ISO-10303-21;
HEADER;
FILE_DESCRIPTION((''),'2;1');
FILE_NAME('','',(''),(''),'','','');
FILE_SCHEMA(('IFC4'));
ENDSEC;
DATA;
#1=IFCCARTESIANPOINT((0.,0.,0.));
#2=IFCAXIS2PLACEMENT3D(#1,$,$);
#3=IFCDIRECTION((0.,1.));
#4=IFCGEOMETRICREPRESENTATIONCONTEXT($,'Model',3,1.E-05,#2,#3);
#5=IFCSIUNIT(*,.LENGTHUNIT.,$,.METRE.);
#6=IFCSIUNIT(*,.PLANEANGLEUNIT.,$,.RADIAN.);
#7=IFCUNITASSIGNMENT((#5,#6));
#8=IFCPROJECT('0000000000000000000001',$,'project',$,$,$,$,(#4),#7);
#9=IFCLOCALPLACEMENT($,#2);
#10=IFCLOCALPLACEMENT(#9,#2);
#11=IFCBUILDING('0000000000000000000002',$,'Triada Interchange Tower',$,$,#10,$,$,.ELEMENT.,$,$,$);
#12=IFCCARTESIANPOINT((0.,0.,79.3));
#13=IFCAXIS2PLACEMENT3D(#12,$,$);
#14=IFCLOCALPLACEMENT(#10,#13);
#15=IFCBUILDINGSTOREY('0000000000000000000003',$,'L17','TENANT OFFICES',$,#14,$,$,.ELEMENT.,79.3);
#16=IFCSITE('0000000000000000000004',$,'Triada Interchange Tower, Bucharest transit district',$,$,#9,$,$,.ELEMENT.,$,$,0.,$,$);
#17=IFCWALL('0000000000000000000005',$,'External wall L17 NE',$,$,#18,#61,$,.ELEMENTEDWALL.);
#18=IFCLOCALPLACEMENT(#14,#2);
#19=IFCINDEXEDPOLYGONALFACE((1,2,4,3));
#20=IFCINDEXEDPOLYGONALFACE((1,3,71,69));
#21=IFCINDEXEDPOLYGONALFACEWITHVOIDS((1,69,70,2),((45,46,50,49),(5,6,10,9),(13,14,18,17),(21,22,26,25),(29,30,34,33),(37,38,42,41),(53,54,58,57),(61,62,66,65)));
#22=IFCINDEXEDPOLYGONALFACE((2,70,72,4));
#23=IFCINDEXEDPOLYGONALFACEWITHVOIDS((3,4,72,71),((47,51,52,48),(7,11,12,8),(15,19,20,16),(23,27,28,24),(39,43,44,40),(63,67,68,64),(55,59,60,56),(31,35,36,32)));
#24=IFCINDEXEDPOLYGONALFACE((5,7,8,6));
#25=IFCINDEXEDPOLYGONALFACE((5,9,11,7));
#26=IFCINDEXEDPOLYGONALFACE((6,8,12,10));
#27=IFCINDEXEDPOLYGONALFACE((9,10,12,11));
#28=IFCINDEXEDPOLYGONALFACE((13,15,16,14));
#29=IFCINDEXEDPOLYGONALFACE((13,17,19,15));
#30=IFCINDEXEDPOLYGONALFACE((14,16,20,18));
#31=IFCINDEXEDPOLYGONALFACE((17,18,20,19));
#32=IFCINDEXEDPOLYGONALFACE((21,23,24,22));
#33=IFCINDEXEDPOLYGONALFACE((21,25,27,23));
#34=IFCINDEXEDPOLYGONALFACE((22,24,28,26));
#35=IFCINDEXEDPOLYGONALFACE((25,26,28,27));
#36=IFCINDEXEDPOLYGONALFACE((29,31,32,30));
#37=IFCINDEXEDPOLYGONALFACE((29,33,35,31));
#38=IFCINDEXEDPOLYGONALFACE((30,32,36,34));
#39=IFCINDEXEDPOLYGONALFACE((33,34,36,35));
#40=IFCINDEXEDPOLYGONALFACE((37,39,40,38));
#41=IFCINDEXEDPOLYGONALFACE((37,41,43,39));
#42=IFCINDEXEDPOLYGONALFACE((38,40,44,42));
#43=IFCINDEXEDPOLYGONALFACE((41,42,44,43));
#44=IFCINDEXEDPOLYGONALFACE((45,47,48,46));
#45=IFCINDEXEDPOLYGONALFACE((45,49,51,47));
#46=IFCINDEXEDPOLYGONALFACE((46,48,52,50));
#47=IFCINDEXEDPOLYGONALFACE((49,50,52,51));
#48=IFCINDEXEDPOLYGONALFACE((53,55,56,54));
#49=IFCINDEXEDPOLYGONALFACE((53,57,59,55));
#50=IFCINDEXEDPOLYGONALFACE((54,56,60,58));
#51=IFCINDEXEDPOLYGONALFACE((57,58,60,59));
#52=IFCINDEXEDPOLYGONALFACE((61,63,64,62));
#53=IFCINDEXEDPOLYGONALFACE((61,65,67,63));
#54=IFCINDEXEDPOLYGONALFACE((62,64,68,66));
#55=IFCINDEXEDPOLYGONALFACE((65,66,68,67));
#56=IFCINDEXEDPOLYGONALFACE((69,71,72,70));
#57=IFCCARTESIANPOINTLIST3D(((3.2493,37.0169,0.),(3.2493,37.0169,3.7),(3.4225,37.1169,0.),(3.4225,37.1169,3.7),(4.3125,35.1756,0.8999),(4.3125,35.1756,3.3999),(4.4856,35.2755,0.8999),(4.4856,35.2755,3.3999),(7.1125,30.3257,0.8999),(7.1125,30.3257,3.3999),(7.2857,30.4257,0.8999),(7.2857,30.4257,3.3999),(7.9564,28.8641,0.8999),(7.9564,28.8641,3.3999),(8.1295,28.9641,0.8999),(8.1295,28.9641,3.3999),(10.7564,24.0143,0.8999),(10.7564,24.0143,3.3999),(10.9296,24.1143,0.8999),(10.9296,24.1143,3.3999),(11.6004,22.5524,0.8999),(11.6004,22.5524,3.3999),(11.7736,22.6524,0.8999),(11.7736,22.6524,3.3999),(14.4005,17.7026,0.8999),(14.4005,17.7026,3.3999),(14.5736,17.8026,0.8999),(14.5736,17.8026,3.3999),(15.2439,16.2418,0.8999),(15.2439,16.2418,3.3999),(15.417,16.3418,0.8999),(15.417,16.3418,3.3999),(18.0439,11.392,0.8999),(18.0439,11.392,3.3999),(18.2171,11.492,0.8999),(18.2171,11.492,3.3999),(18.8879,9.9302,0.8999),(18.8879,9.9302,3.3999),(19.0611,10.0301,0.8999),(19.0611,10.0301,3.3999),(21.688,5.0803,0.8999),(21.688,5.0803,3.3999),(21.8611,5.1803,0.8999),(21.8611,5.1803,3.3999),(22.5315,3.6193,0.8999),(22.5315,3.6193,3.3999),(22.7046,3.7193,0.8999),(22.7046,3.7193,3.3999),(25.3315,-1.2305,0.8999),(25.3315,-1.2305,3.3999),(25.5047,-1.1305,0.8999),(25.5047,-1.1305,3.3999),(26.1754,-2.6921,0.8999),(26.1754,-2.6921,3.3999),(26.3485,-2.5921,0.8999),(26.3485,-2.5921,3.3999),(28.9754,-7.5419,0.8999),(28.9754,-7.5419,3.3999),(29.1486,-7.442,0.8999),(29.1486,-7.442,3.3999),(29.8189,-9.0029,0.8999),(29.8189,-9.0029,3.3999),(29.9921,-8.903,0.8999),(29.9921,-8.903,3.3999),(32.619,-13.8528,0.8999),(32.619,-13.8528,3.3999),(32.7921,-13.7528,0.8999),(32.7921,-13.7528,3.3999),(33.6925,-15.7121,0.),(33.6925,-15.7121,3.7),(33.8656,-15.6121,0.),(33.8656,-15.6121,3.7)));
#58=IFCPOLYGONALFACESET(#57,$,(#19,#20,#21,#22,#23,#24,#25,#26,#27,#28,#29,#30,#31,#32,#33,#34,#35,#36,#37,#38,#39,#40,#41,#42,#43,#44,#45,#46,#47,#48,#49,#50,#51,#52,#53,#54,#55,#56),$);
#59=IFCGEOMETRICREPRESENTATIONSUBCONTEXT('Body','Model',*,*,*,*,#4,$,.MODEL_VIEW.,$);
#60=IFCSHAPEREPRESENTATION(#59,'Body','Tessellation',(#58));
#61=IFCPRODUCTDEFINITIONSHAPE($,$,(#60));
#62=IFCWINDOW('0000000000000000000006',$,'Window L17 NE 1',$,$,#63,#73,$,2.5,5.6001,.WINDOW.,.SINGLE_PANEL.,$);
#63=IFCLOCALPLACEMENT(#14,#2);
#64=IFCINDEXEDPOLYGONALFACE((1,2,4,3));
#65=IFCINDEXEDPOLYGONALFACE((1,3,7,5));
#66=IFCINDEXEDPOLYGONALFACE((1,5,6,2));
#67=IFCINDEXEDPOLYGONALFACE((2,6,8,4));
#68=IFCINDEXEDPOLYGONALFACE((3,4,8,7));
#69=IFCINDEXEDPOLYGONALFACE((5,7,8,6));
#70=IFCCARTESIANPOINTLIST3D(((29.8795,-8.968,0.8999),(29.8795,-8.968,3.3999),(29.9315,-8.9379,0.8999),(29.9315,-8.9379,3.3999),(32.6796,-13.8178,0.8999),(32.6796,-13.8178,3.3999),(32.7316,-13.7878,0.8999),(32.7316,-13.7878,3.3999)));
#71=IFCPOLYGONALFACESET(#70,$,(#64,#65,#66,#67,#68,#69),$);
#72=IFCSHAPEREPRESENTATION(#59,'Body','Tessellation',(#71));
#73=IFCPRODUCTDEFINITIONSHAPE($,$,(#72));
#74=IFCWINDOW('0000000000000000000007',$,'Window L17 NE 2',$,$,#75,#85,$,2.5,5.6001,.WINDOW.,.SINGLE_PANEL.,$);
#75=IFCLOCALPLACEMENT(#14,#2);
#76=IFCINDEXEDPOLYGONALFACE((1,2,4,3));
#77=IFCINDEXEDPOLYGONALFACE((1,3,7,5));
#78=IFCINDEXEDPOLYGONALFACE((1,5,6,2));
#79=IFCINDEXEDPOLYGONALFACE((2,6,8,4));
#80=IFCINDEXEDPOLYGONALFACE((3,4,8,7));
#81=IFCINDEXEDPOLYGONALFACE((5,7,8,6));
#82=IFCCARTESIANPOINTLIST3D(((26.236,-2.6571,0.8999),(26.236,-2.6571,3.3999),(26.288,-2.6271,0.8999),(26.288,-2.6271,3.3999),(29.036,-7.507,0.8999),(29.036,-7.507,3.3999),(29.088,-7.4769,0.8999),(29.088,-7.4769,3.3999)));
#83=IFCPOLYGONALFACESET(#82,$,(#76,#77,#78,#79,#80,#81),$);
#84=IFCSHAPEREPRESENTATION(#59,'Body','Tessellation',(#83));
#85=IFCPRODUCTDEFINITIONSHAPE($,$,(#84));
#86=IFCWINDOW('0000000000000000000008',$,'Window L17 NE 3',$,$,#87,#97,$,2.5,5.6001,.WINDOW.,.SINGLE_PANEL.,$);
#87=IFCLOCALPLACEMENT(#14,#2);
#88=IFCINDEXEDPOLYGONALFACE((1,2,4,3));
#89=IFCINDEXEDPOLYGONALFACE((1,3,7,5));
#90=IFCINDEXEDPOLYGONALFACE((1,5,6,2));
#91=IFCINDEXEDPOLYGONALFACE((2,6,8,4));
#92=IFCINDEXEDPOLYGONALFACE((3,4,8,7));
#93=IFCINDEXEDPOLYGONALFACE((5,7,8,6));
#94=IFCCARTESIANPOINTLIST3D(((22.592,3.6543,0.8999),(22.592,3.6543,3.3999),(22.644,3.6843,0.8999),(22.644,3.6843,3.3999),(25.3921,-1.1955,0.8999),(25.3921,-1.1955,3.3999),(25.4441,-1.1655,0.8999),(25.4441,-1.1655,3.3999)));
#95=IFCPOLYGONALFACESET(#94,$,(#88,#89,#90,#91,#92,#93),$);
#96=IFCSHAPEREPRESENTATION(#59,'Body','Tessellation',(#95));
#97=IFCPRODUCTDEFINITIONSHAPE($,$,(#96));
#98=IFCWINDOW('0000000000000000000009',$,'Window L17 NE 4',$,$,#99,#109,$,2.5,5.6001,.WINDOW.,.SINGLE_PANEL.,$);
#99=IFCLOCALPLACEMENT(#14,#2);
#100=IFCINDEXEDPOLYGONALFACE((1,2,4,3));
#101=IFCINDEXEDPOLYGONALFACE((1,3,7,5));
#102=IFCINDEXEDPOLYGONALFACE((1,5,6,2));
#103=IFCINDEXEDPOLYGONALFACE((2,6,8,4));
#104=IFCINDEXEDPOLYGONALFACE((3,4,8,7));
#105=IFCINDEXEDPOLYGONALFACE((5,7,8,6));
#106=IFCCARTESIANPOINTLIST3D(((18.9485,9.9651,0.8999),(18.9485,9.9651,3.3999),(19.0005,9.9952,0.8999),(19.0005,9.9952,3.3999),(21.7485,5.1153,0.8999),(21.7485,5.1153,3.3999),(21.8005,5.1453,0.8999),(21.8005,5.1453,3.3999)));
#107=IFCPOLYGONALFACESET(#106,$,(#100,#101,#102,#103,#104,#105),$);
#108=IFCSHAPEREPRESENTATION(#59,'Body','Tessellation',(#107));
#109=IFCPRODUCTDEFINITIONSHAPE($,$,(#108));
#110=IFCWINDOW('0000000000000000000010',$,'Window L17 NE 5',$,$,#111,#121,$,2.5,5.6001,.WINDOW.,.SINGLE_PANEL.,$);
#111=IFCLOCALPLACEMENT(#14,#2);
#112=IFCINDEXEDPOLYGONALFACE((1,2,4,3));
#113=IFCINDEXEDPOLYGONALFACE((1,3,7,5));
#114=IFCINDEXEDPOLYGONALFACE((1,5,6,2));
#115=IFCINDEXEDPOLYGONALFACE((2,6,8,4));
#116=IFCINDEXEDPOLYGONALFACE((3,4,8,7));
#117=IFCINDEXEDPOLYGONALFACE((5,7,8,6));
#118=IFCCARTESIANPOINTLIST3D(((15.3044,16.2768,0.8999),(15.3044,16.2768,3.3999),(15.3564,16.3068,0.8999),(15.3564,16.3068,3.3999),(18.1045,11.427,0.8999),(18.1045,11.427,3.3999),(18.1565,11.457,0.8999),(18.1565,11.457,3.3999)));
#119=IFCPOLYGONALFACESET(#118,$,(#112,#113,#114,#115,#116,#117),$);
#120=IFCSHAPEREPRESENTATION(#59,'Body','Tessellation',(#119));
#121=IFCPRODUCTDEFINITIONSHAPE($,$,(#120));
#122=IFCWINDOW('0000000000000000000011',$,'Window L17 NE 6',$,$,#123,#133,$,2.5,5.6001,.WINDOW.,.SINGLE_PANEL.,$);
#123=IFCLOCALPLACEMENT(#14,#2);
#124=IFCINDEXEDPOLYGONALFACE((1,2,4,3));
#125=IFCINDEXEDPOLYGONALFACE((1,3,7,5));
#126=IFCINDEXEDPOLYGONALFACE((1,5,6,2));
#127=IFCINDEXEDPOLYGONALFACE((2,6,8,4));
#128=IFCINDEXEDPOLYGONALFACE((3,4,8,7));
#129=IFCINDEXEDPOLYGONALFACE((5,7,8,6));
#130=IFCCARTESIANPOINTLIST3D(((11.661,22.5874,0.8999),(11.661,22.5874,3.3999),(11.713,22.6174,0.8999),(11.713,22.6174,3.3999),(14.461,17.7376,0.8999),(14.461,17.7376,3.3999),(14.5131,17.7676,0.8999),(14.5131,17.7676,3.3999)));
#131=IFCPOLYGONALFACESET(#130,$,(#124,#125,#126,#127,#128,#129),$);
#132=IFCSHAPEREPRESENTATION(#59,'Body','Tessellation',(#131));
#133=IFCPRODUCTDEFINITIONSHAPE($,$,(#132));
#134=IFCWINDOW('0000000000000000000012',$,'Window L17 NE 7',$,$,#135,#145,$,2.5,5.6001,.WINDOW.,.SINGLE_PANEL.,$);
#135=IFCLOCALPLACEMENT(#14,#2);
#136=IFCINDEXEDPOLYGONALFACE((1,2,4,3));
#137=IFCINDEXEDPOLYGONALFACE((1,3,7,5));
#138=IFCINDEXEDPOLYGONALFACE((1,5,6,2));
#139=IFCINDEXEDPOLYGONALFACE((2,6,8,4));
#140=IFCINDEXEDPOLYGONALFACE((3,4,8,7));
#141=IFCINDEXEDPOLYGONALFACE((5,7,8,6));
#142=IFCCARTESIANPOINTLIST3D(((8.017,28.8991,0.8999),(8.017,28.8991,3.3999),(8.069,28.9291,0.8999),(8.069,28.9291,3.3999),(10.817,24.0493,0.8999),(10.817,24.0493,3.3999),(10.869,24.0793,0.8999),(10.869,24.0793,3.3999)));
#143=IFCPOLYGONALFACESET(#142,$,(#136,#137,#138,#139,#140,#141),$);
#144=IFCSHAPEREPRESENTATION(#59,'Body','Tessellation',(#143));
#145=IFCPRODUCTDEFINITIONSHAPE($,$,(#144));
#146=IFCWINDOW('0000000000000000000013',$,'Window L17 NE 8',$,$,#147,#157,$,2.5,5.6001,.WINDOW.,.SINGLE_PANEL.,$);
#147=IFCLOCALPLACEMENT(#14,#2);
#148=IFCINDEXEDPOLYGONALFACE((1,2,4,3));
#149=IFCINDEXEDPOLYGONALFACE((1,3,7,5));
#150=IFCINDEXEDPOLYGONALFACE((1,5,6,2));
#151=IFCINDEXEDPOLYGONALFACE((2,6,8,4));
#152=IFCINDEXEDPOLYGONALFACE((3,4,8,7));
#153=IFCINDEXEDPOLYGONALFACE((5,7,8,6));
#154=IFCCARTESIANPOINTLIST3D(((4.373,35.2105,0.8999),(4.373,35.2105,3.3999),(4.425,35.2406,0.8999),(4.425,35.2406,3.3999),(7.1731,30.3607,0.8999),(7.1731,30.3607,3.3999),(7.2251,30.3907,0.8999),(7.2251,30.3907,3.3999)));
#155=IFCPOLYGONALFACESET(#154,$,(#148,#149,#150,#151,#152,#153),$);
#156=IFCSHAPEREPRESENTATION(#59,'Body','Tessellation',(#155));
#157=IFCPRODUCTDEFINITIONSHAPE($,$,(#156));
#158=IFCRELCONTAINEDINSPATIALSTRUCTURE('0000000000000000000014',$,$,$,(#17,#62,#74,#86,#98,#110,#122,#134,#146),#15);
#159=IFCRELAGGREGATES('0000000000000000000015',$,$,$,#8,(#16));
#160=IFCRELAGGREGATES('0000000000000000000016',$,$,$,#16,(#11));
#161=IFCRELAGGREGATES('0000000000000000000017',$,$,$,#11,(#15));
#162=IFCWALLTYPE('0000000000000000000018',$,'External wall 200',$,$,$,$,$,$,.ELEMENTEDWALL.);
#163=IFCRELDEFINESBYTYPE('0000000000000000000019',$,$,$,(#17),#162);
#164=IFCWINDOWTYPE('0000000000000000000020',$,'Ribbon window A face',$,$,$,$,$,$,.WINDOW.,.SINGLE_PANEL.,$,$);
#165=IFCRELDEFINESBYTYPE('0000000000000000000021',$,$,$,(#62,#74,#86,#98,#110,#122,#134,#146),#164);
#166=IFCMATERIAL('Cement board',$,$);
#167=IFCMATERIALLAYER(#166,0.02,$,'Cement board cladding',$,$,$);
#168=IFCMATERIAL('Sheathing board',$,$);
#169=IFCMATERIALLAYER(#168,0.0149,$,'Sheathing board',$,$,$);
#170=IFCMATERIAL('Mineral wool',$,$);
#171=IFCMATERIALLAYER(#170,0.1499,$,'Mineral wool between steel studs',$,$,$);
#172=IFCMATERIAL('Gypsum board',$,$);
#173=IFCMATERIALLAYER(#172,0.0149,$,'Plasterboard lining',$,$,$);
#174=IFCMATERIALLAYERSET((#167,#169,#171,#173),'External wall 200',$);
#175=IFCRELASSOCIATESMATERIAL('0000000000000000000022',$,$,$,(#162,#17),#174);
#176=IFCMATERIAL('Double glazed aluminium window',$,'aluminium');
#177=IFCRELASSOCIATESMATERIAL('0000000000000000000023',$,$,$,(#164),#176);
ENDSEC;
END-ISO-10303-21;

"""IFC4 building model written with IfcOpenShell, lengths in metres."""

from ifc_helpers import new_model, si_unit, direction, frame, frame_2d, origin, place, context, subcontext, project, spatial, rectangle, extrude, material, layer, layer_set, layer_usage, type_object, element, fill, save


model = new_model("IFC4")

# Units and contexts
model_context = context("Model", 3, precision=1e-05, world=origin(), true_north=direction((0.0, 1.0)))
body_context = subcontext(model_context, "Body", "Model", "MODEL_VIEW")
ifc_project = project(units=[si_unit("LENGTHUNIT", "METRE"), si_unit("PLANEANGLEUNIT", "RADIAN")], contexts=[model_context])

# Site, building, storey
site_placement = place(None, origin())
site = spatial("IfcSite", under=ifc_project, at=site_placement, Name="Triada Interchange Tower, Bucharest transit district", CompositionType="ELEMENT", RefElevation=0.0)
building_placement = place(site_placement, origin())
building = spatial("IfcBuilding", under=site, at=building_placement, Name="Triada Interchange Tower", CompositionType="ELEMENT")
storey_placement = place(building_placement, frame((0.0, 0.0, 79.3)))
storey = spatial("IfcBuildingStorey", under=building, at=storey_placement, Name="L17", Description="TENANT OFFICES", CompositionType="ELEMENT", Elevation=79.3)

# Shared definitions
ifc_material_1 = material(Name="Cement board")
ifc_layer_1 = layer(ifc_material_1, 0.02, Name="Cement board cladding")
ifc_material_2 = material(Name="Sheathing board")
ifc_layer_2 = layer(ifc_material_2, 0.0149, Name="Sheathing board")
ifc_material_3 = material(Name="Mineral wool")
ifc_layer_3 = layer(ifc_material_3, 0.1499, Name="Mineral wool between steel studs")
ifc_material_4 = material(Name="Gypsum board")
ifc_layer_4 = layer(ifc_material_4, 0.0149, Name="Plasterboard lining")
ifc_layer_set_1 = layer_set([ifc_layer_1, ifc_layer_2, ifc_layer_3, ifc_layer_4], Name="External wall 200")
ifc_layer_usage = layer_usage(ifc_layer_set_1, "AXIS2", "POSITIVE", -0.1001)
wall_type = type_object("IfcWallType", Name="External wall 200", PredefinedType="ELEMENTEDWALL", material=ifc_layer_set_1)
ifc_material_5 = material(Name="Double glazed aluminium window", Category="aluminium")

# Wall, openings, windows
wall_1_placement = place(storey_placement, frame((33.7791, -15.6621, 0.0), z_axis=(0.0, 0.0, 1.0), x_axis=(-0.5, 0.866025, 0.0)))
wall_1 = element("IfcWall", 1, at=wall_1_placement, inside=storey, type_object=wall_type, material=ifc_layer_usage, Name="External wall L17 NE", PredefinedType="ELEMENTEDWALL", context=body_context, shape_type="SweptSolid", body=[
    extrude(rectangle(XDim=60.8862, YDim=0.2, at=frame_2d((30.4431, 0.0))), origin(), (0.0, 0.0, 1.0), 3.7),
])
opening_1_placement = place(wall_1_placement, frame((2.147, 0.0, 0.8999)))
opening_1 = element("IfcOpeningElement", 2, at=opening_1_placement, cuts=wall_1, PredefinedType="OPENING", context=body_context, shape_type="SweptSolid", body=[
    extrude(rectangle(XDim=5.6001, YDim=2.5, at=frame_2d((2.8, 1.25))), frame((0.0, 0.1099, 0.0), z_axis=(0.0, -1.0, 0.0), x_axis=(1.0, 0.0, 0.0)), (0.0, 0.0, 1.0), 0.22),
])
opening_2_placement = place(wall_1_placement, frame((9.4341, 0.0, 0.8999)))
opening_2 = element("IfcOpeningElement", 3, at=opening_2_placement, cuts=wall_1, PredefinedType="OPENING", context=body_context, shape_type="SweptSolid", body=[
    extrude(rectangle(XDim=5.6001, YDim=2.5, at=frame_2d((2.8, 1.25))), frame((0.0, 0.1099, 0.0), z_axis=(0.0, -1.0, 0.0), x_axis=(1.0, 0.0, 0.0)), (0.0, 0.0, 1.0), 0.22),
])
opening_3_placement = place(wall_1_placement, frame((16.7219, 0.0, 0.8999)))
opening_3 = element("IfcOpeningElement", 4, at=opening_3_placement, cuts=wall_1, PredefinedType="OPENING", context=body_context, shape_type="SweptSolid", body=[
    extrude(rectangle(XDim=5.6001, YDim=2.5, at=frame_2d((2.8, 1.25))), frame((0.0, 0.1099, 0.0), z_axis=(0.0, -1.0, 0.0), x_axis=(1.0, 0.0, 0.0)), (0.0, 0.0, 1.0), 0.22),
])
opening_4_placement = place(wall_1_placement, frame((24.009, 0.0, 0.8999)))
opening_4 = element("IfcOpeningElement", 5, at=opening_4_placement, cuts=wall_1, PredefinedType="OPENING", context=body_context, shape_type="SweptSolid", body=[
    extrude(rectangle(XDim=5.6001, YDim=2.5, at=frame_2d((2.8, 1.25))), frame((0.0, 0.1099, 0.0), z_axis=(0.0, -1.0, 0.0), x_axis=(1.0, 0.0, 0.0)), (0.0, 0.0, 1.0), 0.22),
])
opening_5_placement = place(wall_1_placement, frame((31.2971, 0.0, 0.8999)))
opening_5 = element("IfcOpeningElement", 6, at=opening_5_placement, cuts=wall_1, PredefinedType="OPENING", context=body_context, shape_type="SweptSolid", body=[
    extrude(rectangle(XDim=5.6001, YDim=2.5, at=frame_2d((2.8, 1.25))), frame((0.0, 0.1099, 0.0), z_axis=(0.0, -1.0, 0.0), x_axis=(1.0, 0.0, 0.0)), (0.0, 0.0, 1.0), 0.22),
])
opening_6_placement = place(wall_1_placement, frame((38.584, 0.0, 0.8999)))
opening_6 = element("IfcOpeningElement", 7, at=opening_6_placement, cuts=wall_1, PredefinedType="OPENING", context=body_context, shape_type="SweptSolid", body=[
    extrude(rectangle(XDim=5.6001, YDim=2.5, at=frame_2d((2.8, 1.25))), frame((0.0, 0.1099, 0.0), z_axis=(0.0, -1.0, 0.0), x_axis=(1.0, 0.0, 0.0)), (0.0, 0.0, 1.0), 0.22),
])
opening_7_placement = place(wall_1_placement, frame((45.8721, 0.0, 0.8999)))
opening_7 = element("IfcOpeningElement", 8, at=opening_7_placement, cuts=wall_1, PredefinedType="OPENING", context=body_context, shape_type="SweptSolid", body=[
    extrude(rectangle(XDim=5.6001, YDim=2.5, at=frame_2d((2.8, 1.25))), frame((0.0, 0.1099, 0.0), z_axis=(0.0, -1.0, 0.0), x_axis=(1.0, 0.0, 0.0)), (0.0, 0.0, 1.0), 0.22),
])
opening_8_placement = place(wall_1_placement, frame((53.1599, 0.0, 0.8999)))
opening_8 = element("IfcOpeningElement", 9, at=opening_8_placement, cuts=wall_1, PredefinedType="OPENING", context=body_context, shape_type="SweptSolid", body=[
    extrude(rectangle(XDim=5.6001, YDim=2.5, at=frame_2d((2.8, 1.25))), frame((0.0, 0.1099, 0.0), z_axis=(0.0, -1.0, 0.0), x_axis=(1.0, 0.0, 0.0)), (0.0, 0.0, 1.0), 0.22),
])
window_type_1 = type_object("IfcWindowType", Name="Ribbon window A face", PartitioningType="SINGLE_PANEL", PredefinedType="WINDOW", material=ifc_material_5)
window_1_placement = place(opening_1_placement, origin())
window_1 = element("IfcWindow", 10, at=window_1_placement, inside=storey, type_object=window_type_1, Name="Window L17 NE 1", OverallHeight=2.5, OverallWidth=5.6001, PartitioningType="SINGLE_PANEL", PredefinedType="WINDOW", context=body_context, shape_type="SweptSolid", body=[
    extrude(rectangle(XDim=5.6001, YDim=2.5, at=frame_2d((2.8, 1.25))), frame((0.0, 0.03, 0.0), z_axis=(0.0, -1.0, 0.0), x_axis=(1.0, 0.0, 0.0)), (0.0, 0.0, 1.0), 0.0601),
])
fill(opening_1, window_1)
window_2_placement = place(opening_2_placement, origin())
window_2 = element("IfcWindow", 11, at=window_2_placement, inside=storey, type_object=window_type_1, Name="Window L17 NE 2", OverallHeight=2.5, OverallWidth=5.6001, PartitioningType="SINGLE_PANEL", PredefinedType="WINDOW", context=body_context, shape_type="SweptSolid", body=[
    extrude(rectangle(XDim=5.6001, YDim=2.5, at=frame_2d((2.8, 1.25))), frame((0.0, 0.03, 0.0), z_axis=(0.0, -1.0, 0.0), x_axis=(1.0, 0.0, 0.0)), (0.0, 0.0, 1.0), 0.0601),
])
fill(opening_2, window_2)
window_3_placement = place(opening_3_placement, origin())
window_3 = element("IfcWindow", 12, at=window_3_placement, inside=storey, type_object=window_type_1, Name="Window L17 NE 3", OverallHeight=2.5, OverallWidth=5.6001, PartitioningType="SINGLE_PANEL", PredefinedType="WINDOW", context=body_context, shape_type="SweptSolid", body=[
    extrude(rectangle(XDim=5.6001, YDim=2.5, at=frame_2d((2.8, 1.25))), frame((0.0, 0.03, 0.0), z_axis=(0.0, -1.0, 0.0), x_axis=(1.0, 0.0, 0.0)), (0.0, 0.0, 1.0), 0.0601),
])
fill(opening_3, window_3)
window_4_placement = place(opening_4_placement, origin())
window_4 = element("IfcWindow", 13, at=window_4_placement, inside=storey, type_object=window_type_1, Name="Window L17 NE 4", OverallHeight=2.5, OverallWidth=5.6001, PartitioningType="SINGLE_PANEL", PredefinedType="WINDOW", context=body_context, shape_type="SweptSolid", body=[
    extrude(rectangle(XDim=5.6001, YDim=2.5, at=frame_2d((2.8, 1.25))), frame((0.0, 0.03, 0.0), z_axis=(0.0, -1.0, 0.0), x_axis=(1.0, 0.0, 0.0)), (0.0, 0.0, 1.0), 0.0601),
])
fill(opening_4, window_4)
window_5_placement = place(opening_5_placement, origin())
window_5 = element("IfcWindow", 14, at=window_5_placement, inside=storey, type_object=window_type_1, Name="Window L17 NE 5", OverallHeight=2.5, OverallWidth=5.6001, PartitioningType="SINGLE_PANEL", PredefinedType="WINDOW", context=body_context, shape_type="SweptSolid", body=[
    extrude(rectangle(XDim=5.6001, YDim=2.5, at=frame_2d((2.8, 1.25))), frame((0.0, 0.03, 0.0), z_axis=(0.0, -1.0, 0.0), x_axis=(1.0, 0.0, 0.0)), (0.0, 0.0, 1.0), 0.0601),
])
fill(opening_5, window_5)
window_6_placement = place(opening_6_placement, origin())
window_6 = element("IfcWindow", 15, at=window_6_placement, inside=storey, type_object=window_type_1, Name="Window L17 NE 6", OverallHeight=2.5, OverallWidth=5.6001, PartitioningType="SINGLE_PANEL", PredefinedType="WINDOW", context=body_context, shape_type="SweptSolid", body=[
    extrude(rectangle(XDim=5.6001, YDim=2.5, at=frame_2d((2.8, 1.25))), frame((0.0, 0.03, 0.0), z_axis=(0.0, -1.0, 0.0), x_axis=(1.0, 0.0, 0.0)), (0.0, 0.0, 1.0), 0.0601),
])
fill(opening_6, window_6)
window_7_placement = place(opening_7_placement, origin())
window_7 = element("IfcWindow", 16, at=window_7_placement, inside=storey, type_object=window_type_1, Name="Window L17 NE 7", OverallHeight=2.5, OverallWidth=5.6001, PartitioningType="SINGLE_PANEL", PredefinedType="WINDOW", context=body_context, shape_type="SweptSolid", body=[
    extrude(rectangle(XDim=5.6001, YDim=2.5, at=frame_2d((2.8, 1.25))), frame((0.0, 0.03, 0.0), z_axis=(0.0, -1.0, 0.0), x_axis=(1.0, 0.0, 0.0)), (0.0, 0.0, 1.0), 0.0601),
])
fill(opening_7, window_7)
window_8_placement = place(opening_8_placement, origin())
window_8 = element("IfcWindow", 17, at=window_8_placement, inside=storey, type_object=window_type_1, Name="Window L17 NE 8", OverallHeight=2.5, OverallWidth=5.6001, PartitioningType="SINGLE_PANEL", PredefinedType="WINDOW", context=body_context, shape_type="SweptSolid", body=[
    extrude(rectangle(XDim=5.6001, YDim=2.5, at=frame_2d((2.8, 1.25))), frame((0.0, 0.03, 0.0), z_axis=(0.0, -1.0, 0.0), x_axis=(1.0, 0.0, 0.0)), (0.0, 0.0, 1.0), 0.0601),
])
fill(opening_8, window_8)

save(model, "model.ifc")
